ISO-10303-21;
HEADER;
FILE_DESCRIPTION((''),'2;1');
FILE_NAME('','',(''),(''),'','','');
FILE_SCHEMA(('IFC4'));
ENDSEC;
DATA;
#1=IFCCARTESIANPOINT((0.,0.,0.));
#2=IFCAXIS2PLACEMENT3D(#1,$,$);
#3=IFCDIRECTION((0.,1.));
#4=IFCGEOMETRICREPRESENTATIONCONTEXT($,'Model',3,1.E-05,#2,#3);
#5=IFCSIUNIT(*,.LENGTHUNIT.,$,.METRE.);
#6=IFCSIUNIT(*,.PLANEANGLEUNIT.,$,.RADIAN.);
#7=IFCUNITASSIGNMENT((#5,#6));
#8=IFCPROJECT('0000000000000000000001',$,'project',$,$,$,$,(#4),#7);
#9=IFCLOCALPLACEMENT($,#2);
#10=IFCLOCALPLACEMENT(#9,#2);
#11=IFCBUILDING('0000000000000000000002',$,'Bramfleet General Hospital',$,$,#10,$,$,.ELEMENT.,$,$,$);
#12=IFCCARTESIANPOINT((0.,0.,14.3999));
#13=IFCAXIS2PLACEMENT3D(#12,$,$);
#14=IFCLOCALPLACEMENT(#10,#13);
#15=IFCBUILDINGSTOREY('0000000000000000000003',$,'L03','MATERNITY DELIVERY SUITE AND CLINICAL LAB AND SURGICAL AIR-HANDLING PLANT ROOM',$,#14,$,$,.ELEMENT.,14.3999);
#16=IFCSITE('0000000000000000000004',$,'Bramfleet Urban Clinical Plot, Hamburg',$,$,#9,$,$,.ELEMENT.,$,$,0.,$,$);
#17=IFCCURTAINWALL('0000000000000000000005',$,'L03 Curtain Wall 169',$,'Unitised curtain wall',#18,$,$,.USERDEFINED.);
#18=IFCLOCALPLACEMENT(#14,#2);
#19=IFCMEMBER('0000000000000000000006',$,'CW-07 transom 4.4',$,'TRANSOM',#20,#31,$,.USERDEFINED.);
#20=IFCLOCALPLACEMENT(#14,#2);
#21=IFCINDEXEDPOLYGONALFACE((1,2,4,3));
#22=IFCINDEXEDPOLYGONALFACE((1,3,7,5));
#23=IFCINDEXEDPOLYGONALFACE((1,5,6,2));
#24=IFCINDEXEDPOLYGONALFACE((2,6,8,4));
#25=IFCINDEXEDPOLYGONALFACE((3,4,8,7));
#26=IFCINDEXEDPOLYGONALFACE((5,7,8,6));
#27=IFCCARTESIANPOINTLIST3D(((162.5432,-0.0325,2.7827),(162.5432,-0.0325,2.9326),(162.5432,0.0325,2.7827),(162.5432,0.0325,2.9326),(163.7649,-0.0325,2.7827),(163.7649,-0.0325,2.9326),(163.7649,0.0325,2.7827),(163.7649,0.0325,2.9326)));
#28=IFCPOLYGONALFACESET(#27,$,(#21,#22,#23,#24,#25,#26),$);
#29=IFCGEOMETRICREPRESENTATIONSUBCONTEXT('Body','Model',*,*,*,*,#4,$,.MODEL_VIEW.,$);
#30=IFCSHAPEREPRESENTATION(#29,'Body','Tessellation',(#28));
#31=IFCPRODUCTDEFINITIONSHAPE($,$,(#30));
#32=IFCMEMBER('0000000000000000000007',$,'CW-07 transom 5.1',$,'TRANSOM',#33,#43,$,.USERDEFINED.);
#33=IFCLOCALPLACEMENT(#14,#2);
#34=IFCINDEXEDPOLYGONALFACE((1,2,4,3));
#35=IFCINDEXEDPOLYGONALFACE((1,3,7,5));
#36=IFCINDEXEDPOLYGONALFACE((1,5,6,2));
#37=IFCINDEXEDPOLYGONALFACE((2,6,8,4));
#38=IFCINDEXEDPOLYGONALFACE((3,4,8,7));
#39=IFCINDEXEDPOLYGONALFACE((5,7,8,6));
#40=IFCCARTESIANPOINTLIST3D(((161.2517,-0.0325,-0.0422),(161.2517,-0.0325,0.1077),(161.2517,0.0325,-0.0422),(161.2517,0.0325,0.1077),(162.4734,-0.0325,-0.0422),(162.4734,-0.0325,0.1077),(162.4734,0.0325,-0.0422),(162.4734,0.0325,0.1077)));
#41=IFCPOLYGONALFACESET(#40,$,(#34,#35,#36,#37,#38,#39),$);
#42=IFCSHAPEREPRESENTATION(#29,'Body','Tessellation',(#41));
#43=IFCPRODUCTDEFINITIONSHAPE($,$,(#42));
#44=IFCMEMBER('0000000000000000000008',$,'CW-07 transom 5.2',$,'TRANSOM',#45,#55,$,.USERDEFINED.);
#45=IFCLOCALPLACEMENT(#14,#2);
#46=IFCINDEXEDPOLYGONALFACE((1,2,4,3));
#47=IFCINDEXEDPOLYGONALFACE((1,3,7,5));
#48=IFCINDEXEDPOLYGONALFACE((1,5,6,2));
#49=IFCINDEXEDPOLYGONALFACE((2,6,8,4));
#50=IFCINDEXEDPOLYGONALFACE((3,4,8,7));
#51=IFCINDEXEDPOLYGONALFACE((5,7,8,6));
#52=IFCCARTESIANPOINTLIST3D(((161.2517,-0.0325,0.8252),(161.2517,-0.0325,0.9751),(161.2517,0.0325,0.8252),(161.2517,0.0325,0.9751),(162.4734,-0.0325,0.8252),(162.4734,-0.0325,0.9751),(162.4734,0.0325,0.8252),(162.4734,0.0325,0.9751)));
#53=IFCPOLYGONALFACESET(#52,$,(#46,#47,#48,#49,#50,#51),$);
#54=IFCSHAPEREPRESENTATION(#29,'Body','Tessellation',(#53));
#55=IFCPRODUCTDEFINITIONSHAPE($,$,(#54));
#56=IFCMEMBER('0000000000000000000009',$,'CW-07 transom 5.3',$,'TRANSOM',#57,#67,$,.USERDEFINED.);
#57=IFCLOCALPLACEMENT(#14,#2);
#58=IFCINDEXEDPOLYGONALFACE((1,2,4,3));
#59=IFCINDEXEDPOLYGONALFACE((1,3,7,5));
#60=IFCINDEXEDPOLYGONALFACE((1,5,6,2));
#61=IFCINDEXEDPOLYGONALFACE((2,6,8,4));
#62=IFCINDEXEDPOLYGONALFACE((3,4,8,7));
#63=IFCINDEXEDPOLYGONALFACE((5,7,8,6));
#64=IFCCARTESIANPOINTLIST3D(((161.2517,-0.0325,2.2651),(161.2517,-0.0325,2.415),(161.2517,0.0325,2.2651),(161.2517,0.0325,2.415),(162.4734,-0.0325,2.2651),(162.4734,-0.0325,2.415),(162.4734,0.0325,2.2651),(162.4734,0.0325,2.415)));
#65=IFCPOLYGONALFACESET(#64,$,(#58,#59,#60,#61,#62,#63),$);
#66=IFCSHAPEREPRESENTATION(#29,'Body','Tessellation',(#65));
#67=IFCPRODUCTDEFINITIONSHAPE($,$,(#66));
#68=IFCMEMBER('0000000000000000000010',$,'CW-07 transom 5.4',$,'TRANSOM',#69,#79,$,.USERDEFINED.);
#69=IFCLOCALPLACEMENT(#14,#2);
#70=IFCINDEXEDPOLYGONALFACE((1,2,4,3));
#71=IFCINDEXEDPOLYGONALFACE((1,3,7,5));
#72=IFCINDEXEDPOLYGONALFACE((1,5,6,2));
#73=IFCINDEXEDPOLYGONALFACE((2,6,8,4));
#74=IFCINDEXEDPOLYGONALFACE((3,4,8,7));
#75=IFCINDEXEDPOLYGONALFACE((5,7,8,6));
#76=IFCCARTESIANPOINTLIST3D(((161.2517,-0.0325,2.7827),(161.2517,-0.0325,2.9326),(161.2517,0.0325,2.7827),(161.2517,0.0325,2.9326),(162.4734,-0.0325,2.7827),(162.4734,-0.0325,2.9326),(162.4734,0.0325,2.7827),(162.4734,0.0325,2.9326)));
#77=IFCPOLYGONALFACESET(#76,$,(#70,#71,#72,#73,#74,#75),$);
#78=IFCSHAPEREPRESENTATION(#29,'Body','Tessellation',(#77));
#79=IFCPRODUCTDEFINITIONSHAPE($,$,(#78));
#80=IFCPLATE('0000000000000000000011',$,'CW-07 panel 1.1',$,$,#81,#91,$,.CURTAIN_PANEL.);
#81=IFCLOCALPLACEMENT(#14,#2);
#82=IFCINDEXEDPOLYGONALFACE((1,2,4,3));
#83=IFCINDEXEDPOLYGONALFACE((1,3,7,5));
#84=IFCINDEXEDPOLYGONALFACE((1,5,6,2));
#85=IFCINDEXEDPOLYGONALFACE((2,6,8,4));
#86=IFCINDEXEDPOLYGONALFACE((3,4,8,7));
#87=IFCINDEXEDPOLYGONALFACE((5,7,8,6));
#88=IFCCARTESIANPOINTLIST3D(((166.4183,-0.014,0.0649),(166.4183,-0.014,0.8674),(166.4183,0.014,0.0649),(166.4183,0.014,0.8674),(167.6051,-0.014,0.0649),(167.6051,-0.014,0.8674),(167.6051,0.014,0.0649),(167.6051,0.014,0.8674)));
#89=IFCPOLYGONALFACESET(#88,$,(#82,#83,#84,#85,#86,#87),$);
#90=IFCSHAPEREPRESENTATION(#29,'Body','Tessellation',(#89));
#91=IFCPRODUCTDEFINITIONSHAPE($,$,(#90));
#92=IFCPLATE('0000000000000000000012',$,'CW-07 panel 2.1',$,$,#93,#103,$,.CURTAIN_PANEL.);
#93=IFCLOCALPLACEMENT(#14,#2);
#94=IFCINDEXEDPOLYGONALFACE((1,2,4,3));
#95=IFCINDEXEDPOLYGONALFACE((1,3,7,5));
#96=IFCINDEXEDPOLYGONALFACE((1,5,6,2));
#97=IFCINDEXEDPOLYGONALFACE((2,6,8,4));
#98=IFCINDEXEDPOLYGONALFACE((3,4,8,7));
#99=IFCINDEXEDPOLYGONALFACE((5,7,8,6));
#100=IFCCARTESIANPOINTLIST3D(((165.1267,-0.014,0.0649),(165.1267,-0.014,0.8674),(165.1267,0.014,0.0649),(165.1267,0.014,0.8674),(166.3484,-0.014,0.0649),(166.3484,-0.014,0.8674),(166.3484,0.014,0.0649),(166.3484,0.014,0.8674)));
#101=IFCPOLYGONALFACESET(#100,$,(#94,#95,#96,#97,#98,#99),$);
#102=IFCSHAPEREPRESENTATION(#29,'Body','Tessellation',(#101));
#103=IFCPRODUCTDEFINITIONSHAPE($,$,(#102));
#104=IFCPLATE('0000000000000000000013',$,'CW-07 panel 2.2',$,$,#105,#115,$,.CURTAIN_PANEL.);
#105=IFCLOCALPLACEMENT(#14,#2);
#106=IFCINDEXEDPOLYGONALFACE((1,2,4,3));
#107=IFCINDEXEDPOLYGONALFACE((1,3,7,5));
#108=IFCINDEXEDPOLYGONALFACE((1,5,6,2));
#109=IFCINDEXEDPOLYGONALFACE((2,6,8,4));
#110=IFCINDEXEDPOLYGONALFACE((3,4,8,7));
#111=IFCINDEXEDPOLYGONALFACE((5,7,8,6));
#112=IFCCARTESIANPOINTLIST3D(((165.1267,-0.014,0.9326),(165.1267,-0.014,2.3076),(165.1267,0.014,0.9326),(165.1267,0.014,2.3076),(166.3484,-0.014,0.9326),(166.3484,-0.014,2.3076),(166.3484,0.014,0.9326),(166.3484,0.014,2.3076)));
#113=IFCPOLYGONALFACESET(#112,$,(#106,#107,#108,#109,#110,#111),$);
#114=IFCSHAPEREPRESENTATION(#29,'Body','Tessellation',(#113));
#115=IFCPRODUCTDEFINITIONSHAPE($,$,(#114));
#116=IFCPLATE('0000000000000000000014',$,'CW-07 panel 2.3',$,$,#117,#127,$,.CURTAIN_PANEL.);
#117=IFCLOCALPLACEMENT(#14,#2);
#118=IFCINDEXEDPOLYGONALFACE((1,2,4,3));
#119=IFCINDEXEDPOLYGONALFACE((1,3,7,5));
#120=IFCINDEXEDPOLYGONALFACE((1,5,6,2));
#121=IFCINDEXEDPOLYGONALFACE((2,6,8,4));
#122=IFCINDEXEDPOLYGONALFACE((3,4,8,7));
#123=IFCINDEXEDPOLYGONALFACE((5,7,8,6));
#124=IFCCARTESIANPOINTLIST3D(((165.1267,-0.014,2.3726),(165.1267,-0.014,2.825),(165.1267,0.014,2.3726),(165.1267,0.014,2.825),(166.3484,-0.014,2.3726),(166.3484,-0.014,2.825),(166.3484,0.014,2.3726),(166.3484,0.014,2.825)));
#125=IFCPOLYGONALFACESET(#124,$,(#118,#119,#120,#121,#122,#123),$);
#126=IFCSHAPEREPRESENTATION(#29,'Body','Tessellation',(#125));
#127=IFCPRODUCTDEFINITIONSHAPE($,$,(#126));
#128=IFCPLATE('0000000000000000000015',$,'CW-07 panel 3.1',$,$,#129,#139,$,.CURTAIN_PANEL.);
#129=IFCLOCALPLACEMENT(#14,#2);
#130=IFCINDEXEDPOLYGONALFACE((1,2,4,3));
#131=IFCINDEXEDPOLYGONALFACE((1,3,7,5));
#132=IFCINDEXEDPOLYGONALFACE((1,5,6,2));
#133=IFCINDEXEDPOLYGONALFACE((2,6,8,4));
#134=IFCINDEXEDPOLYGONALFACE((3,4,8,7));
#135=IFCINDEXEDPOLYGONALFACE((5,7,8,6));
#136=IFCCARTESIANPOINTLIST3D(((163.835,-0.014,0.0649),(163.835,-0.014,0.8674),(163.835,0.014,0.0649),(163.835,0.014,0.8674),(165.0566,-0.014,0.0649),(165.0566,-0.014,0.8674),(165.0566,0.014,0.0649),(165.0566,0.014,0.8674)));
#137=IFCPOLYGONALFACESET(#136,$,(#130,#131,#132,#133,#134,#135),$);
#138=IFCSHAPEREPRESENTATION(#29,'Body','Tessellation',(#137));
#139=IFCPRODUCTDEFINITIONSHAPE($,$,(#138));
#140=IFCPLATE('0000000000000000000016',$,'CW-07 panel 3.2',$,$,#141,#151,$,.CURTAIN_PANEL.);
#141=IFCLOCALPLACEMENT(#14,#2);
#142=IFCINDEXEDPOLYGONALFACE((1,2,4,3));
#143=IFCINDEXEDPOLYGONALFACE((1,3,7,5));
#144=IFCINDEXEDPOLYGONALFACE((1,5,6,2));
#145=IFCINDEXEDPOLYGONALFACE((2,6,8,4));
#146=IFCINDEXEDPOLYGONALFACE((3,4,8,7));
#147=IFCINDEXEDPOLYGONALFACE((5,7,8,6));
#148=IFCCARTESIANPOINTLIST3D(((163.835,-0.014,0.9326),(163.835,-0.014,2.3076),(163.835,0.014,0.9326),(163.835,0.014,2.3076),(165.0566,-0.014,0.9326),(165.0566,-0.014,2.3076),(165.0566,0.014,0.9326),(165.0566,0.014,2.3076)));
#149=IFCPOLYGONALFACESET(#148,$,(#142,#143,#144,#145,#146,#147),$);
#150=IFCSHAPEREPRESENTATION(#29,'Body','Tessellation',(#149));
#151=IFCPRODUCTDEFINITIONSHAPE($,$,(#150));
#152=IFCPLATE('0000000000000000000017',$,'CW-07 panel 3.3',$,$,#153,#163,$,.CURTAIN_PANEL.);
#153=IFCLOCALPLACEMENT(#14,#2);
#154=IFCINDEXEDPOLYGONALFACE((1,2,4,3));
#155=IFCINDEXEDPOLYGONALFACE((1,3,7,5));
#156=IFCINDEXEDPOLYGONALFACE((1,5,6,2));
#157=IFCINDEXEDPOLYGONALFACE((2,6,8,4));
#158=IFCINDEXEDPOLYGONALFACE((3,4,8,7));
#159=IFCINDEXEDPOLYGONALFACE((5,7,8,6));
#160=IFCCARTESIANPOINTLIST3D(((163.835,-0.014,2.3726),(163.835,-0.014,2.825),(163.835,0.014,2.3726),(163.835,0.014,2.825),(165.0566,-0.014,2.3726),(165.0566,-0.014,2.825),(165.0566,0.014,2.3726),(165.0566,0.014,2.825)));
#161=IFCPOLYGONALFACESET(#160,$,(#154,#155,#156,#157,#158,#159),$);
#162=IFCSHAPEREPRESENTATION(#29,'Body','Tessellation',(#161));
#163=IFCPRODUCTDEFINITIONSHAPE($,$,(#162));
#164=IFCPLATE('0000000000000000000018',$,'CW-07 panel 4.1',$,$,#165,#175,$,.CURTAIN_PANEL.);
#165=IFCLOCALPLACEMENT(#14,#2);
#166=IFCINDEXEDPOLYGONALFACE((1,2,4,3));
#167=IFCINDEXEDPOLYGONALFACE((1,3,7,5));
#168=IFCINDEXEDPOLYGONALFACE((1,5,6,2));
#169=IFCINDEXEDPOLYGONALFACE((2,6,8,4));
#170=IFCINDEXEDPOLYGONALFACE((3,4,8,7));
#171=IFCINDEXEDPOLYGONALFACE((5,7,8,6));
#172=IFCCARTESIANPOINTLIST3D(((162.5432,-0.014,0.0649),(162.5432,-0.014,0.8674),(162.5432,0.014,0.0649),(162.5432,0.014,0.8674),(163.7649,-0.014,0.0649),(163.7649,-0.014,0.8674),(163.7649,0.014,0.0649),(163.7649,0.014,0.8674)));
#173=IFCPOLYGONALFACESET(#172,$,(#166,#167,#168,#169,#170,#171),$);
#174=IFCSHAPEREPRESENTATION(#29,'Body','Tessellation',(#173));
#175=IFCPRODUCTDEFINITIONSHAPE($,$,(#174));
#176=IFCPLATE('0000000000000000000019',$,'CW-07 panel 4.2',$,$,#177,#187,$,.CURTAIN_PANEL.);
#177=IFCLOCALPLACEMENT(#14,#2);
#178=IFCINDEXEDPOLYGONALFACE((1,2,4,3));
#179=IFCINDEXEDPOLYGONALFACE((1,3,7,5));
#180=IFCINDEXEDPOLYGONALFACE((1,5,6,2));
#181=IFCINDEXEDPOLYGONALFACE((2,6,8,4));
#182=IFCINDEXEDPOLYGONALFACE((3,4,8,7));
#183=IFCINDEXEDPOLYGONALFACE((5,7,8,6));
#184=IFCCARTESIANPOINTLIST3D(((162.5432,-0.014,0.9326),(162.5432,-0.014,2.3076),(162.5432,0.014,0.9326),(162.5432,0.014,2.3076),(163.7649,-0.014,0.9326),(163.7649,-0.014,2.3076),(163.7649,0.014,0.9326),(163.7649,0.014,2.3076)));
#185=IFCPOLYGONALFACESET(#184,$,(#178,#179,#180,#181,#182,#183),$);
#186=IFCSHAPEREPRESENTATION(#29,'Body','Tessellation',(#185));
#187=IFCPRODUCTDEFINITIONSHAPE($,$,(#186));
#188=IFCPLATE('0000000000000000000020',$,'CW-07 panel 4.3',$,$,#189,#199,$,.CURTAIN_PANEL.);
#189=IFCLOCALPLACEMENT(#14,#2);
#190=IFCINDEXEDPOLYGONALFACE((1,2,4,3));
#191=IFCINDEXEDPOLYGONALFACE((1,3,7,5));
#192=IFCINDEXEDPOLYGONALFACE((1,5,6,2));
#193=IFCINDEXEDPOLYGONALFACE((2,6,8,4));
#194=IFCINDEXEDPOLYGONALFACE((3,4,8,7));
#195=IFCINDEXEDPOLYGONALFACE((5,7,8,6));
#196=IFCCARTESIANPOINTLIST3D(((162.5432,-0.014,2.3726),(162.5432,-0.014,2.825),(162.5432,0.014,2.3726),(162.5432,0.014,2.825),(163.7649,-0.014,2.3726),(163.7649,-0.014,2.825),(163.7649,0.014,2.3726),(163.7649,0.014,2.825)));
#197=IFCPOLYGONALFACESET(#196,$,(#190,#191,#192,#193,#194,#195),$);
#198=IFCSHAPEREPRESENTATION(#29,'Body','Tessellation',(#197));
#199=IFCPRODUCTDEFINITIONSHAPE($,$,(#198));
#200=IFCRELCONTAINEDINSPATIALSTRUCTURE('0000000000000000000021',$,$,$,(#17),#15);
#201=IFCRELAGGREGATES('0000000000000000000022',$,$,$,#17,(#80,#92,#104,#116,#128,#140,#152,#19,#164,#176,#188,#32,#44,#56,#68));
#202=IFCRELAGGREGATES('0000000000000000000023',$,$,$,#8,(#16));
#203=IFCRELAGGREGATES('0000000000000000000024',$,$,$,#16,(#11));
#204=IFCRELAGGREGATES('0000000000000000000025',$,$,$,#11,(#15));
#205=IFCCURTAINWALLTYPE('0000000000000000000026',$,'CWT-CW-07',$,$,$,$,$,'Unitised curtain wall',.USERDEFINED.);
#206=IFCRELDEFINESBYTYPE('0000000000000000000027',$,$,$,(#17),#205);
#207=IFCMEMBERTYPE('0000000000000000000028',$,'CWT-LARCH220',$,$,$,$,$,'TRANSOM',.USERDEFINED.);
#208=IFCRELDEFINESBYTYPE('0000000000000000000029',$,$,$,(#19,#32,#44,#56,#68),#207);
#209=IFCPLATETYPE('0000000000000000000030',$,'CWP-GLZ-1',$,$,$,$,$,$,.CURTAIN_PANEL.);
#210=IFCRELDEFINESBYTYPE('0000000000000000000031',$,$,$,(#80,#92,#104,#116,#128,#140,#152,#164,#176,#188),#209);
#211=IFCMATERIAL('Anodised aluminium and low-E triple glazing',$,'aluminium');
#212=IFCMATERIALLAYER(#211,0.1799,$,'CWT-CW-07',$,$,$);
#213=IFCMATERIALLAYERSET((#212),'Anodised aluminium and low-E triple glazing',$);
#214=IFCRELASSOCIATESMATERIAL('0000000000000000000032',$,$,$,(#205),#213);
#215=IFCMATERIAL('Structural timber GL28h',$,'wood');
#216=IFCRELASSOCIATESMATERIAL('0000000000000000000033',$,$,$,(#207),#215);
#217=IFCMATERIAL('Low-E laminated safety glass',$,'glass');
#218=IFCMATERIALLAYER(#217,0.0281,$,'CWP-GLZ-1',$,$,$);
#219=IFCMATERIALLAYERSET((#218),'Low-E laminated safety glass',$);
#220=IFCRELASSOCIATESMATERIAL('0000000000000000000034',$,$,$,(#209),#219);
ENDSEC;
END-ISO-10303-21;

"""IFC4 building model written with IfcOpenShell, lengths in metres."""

from ifc_helpers import new_model, si_unit, direction, frame, origin, origin_2d, place, context, subcontext, project, spatial, rectangle, extrude, material, layer, layer_set, material_profile, profile_set, type_object, element, aggregate, save


model = new_model("IFC4")

# Units and contexts
model_context = context("Model", 3, precision=1e-05, world=origin(), true_north=direction((0.0, 1.0)))
body_context = subcontext(model_context, "Body", "Model", "MODEL_VIEW")
ifc_project = project(units=[si_unit("LENGTHUNIT", "METRE"), si_unit("PLANEANGLEUNIT", "RADIAN")], contexts=[model_context])

# Site, building, storey
site_placement = place(None, origin())
site = spatial("IfcSite", under=ifc_project, at=site_placement, Name="Bramfleet Urban Clinical Plot, Hamburg", CompositionType="ELEMENT", RefElevation=0.0)
building_placement = place(site_placement, origin())
building = spatial("IfcBuilding", under=site, at=building_placement, Name="Bramfleet General Hospital", CompositionType="ELEMENT")
storey_placement = place(building_placement, frame((0.0, 0.0, 14.3999)))
storey = spatial("IfcBuildingStorey", under=building, at=storey_placement, Name="L03", Description="MATERNITY DELIVERY SUITE AND CLINICAL LAB AND SURGICAL AIR-HANDLING PLANT ROOM", CompositionType="ELEMENT", Elevation=14.3999)

# Curtain wall, members, plates
ifc_material_1 = material(Name="Anodised aluminium and low-E triple glazing", Category="aluminium")
ifc_layer_1 = layer(ifc_material_1, 0.1799, Name="CWT-CW-07")
ifc_layer_set_1 = layer_set([ifc_layer_1], Name="Anodised aluminium and low-E triple glazing")
curtain_wall_type = type_object("IfcCurtainWallType", Name="CWT-CW-07", ElementType="Unitised curtain wall", PredefinedType="USERDEFINED", material=ifc_layer_set_1)
curtain_wall_placement = place(storey_placement, origin())
curtain_wall = element("IfcCurtainWall", 1, at=curtain_wall_placement, inside=storey, type_object=curtain_wall_type, Name="L03 Curtain Wall 169", ObjectType="Unitised curtain wall", PredefinedType="USERDEFINED")
ifc_material_2 = material(Name="Structural timber GL28h", Category="wood")
ifc_material_profile_1 = material_profile(ifc_material_2, rectangle(XDim=0.0649, YDim=0.1499, at=origin_2d()), Name="LARCH 150x65")
ifc_profile_set_1 = profile_set([ifc_material_profile_1], Name="Structural timber GL28h")
member_type_1 = type_object("IfcMemberType", Name="CWT-LARCH220", ElementType="TRANSOM", PredefinedType="USERDEFINED", material=ifc_profile_set_1)
member_1_placement = place(storey_placement, frame((163.7649, 0.0, 2.8577), z_axis=(-1.0, 0.0, 0.0), x_axis=(0.0, -1.0, 0.0)))
member_1 = element("IfcMember", 2, at=member_1_placement, type_object=member_type_1, Name="CW-07 transom 4.4", ObjectType="TRANSOM", PredefinedType="USERDEFINED", context=body_context, shape_type="SweptSolid", body=[
    extrude(rectangle(XDim=0.0649, YDim=0.1499, at=origin_2d()), origin(), (0.0, 0.0, 1.0), 1.2217),
])
member_2_placement = place(storey_placement, frame((162.4734, 0.0, 0.0327), z_axis=(-1.0, 0.0, 0.0), x_axis=(0.0, -1.0, 0.0)))
member_2 = element("IfcMember", 3, at=member_2_placement, type_object=member_type_1, Name="CW-07 transom 5.1", ObjectType="TRANSOM", PredefinedType="USERDEFINED", context=body_context, shape_type="SweptSolid", body=[
    extrude(rectangle(XDim=0.0649, YDim=0.1499, at=origin_2d()), origin(), (0.0, 0.0, 1.0), 1.2217),
])
member_3_placement = place(storey_placement, frame((162.4734, 0.0, 0.9001), z_axis=(-1.0, 0.0, 0.0), x_axis=(0.0, -1.0, 0.0)))
member_3 = element("IfcMember", 4, at=member_3_placement, type_object=member_type_1, Name="CW-07 transom 5.2", ObjectType="TRANSOM", PredefinedType="USERDEFINED", context=body_context, shape_type="SweptSolid", body=[
    extrude(rectangle(XDim=0.0649, YDim=0.1499, at=origin_2d()), origin(), (0.0, 0.0, 1.0), 1.2217),
])
member_4_placement = place(storey_placement, frame((162.4734, 0.0, 2.3401), z_axis=(-1.0, 0.0, 0.0), x_axis=(0.0, -1.0, 0.0)))
member_4 = element("IfcMember", 5, at=member_4_placement, type_object=member_type_1, Name="CW-07 transom 5.3", ObjectType="TRANSOM", PredefinedType="USERDEFINED", context=body_context, shape_type="SweptSolid", body=[
    extrude(rectangle(XDim=0.0649, YDim=0.1499, at=origin_2d()), origin(), (0.0, 0.0, 1.0), 1.2217),
])
member_5_placement = place(storey_placement, frame((162.4734, 0.0, 2.8577), z_axis=(-1.0, 0.0, 0.0), x_axis=(0.0, -1.0, 0.0)))
member_5 = element("IfcMember", 6, at=member_5_placement, type_object=member_type_1, Name="CW-07 transom 5.4", ObjectType="TRANSOM", PredefinedType="USERDEFINED", context=body_context, shape_type="SweptSolid", body=[
    extrude(rectangle(XDim=0.0649, YDim=0.1499, at=origin_2d()), origin(), (0.0, 0.0, 1.0), 1.2217),
])
ifc_material_3 = material(Name="Low-E laminated safety glass", Category="glass")
ifc_layer_2 = layer(ifc_material_3, 0.0281, Name="CWP-GLZ-1")
ifc_layer_set_2 = layer_set([ifc_layer_2], Name="Low-E laminated safety glass")
plate_type = type_object("IfcPlateType", Name="CWP-GLZ-1", PredefinedType="CURTAIN_PANEL", material=ifc_layer_set_2)
plate_1_placement = place(storey_placement, frame((167.0117, 0.0, 0.0649), z_axis=(0.0, 0.0, 1.0), x_axis=(-1.0, 0.0, 0.0)))
plate_1 = element("IfcPlate", 7, at=plate_1_placement, type_object=plate_type, Name="CW-07 panel 1.1", PredefinedType="CURTAIN_PANEL", context=body_context, shape_type="SweptSolid", body=[
    extrude(rectangle(XDim=1.1868, YDim=0.0281, at=origin_2d()), origin(), (0.0, 0.0, 1.0), 0.8025),
])
plate_2_placement = place(storey_placement, frame((165.7375, 0.0, 0.0649), z_axis=(0.0, 0.0, 1.0), x_axis=(-1.0, 0.0, 0.0)))
plate_2 = element("IfcPlate", 8, at=plate_2_placement, type_object=plate_type, Name="CW-07 panel 2.1", PredefinedType="CURTAIN_PANEL", context=body_context, shape_type="SweptSolid", body=[
    extrude(rectangle(XDim=1.2217, YDim=0.0281, at=origin_2d()), origin(), (0.0, 0.0, 1.0), 0.8025),
])
plate_3_placement = place(storey_placement, frame((165.7375, 0.0, 0.9326), z_axis=(0.0, 0.0, 1.0), x_axis=(-1.0, 0.0, 0.0)))
plate_3 = element("IfcPlate", 9, at=plate_3_placement, type_object=plate_type, Name="CW-07 panel 2.2", PredefinedType="CURTAIN_PANEL", context=body_context, shape_type="SweptSolid", body=[
    extrude(rectangle(XDim=1.2217, YDim=0.0281, at=origin_2d()), origin(), (0.0, 0.0, 1.0), 1.375),
])
plate_4_placement = place(storey_placement, frame((165.7375, 0.0, 2.3726), z_axis=(0.0, 0.0, 1.0), x_axis=(-1.0, 0.0, 0.0)))
plate_4 = element("IfcPlate", 10, at=plate_4_placement, type_object=plate_type, Name="CW-07 panel 2.3", PredefinedType="CURTAIN_PANEL", context=body_context, shape_type="SweptSolid", body=[
    extrude(rectangle(XDim=1.2217, YDim=0.0281, at=origin_2d()), origin(), (0.0, 0.0, 1.0), 0.4524),
])
plate_5_placement = place(storey_placement, frame((164.4458, 0.0, 0.0649), z_axis=(0.0, 0.0, 1.0), x_axis=(-1.0, 0.0, 0.0)))
plate_5 = element("IfcPlate", 11, at=plate_5_placement, type_object=plate_type, Name="CW-07 panel 3.1", PredefinedType="CURTAIN_PANEL", context=body_context, shape_type="SweptSolid", body=[
    extrude(rectangle(XDim=1.2217, YDim=0.0281, at=origin_2d()), origin(), (0.0, 0.0, 1.0), 0.8025),
])
plate_6_placement = place(storey_placement, frame((164.4458, 0.0, 0.9326), z_axis=(0.0, 0.0, 1.0), x_axis=(-1.0, 0.0, 0.0)))
plate_6 = element("IfcPlate", 12, at=plate_6_placement, type_object=plate_type, Name="CW-07 panel 3.2", PredefinedType="CURTAIN_PANEL", context=body_context, shape_type="SweptSolid", body=[
    extrude(rectangle(XDim=1.2217, YDim=0.0281, at=origin_2d()), origin(), (0.0, 0.0, 1.0), 1.375),
])
plate_7_placement = place(storey_placement, frame((164.4458, 0.0, 2.3726), z_axis=(0.0, 0.0, 1.0), x_axis=(-1.0, 0.0, 0.0)))
plate_7 = element("IfcPlate", 13, at=plate_7_placement, type_object=plate_type, Name="CW-07 panel 3.3", PredefinedType="CURTAIN_PANEL", context=body_context, shape_type="SweptSolid", body=[
    extrude(rectangle(XDim=1.2217, YDim=0.0281, at=origin_2d()), origin(), (0.0, 0.0, 1.0), 0.4524),
])
plate_8_placement = place(storey_placement, frame((163.1541, 0.0, 0.0649), z_axis=(0.0, 0.0, 1.0), x_axis=(-1.0, 0.0, 0.0)))
plate_8 = element("IfcPlate", 14, at=plate_8_placement, type_object=plate_type, Name="CW-07 panel 4.1", PredefinedType="CURTAIN_PANEL", context=body_context, shape_type="SweptSolid", body=[
    extrude(rectangle(XDim=1.2217, YDim=0.0281, at=origin_2d()), origin(), (0.0, 0.0, 1.0), 0.8025),
])
plate_9_placement = place(storey_placement, frame((163.1541, 0.0, 0.9326), z_axis=(0.0, 0.0, 1.0), x_axis=(-1.0, 0.0, 0.0)))
plate_9 = element("IfcPlate", 15, at=plate_9_placement, type_object=plate_type, Name="CW-07 panel 4.2", PredefinedType="CURTAIN_PANEL", context=body_context, shape_type="SweptSolid", body=[
    extrude(rectangle(XDim=1.2217, YDim=0.0281, at=origin_2d()), origin(), (0.0, 0.0, 1.0), 1.375),
])
plate_10_placement = place(storey_placement, frame((163.1541, 0.0, 2.3726), z_axis=(0.0, 0.0, 1.0), x_axis=(-1.0, 0.0, 0.0)))
plate_10 = element("IfcPlate", 16, at=plate_10_placement, type_object=plate_type, Name="CW-07 panel 4.3", PredefinedType="CURTAIN_PANEL", context=body_context, shape_type="SweptSolid", body=[
    extrude(rectangle(XDim=1.2217, YDim=0.0281, at=origin_2d()), origin(), (0.0, 0.0, 1.0), 0.4524),
])
aggregate(curtain_wall, [plate_1, plate_2, plate_3, plate_4, plate_5, plate_6, plate_7, member_1, plate_8, plate_9, plate_10, member_2, member_3, member_4, member_5])

save(model, "model.ifc")
